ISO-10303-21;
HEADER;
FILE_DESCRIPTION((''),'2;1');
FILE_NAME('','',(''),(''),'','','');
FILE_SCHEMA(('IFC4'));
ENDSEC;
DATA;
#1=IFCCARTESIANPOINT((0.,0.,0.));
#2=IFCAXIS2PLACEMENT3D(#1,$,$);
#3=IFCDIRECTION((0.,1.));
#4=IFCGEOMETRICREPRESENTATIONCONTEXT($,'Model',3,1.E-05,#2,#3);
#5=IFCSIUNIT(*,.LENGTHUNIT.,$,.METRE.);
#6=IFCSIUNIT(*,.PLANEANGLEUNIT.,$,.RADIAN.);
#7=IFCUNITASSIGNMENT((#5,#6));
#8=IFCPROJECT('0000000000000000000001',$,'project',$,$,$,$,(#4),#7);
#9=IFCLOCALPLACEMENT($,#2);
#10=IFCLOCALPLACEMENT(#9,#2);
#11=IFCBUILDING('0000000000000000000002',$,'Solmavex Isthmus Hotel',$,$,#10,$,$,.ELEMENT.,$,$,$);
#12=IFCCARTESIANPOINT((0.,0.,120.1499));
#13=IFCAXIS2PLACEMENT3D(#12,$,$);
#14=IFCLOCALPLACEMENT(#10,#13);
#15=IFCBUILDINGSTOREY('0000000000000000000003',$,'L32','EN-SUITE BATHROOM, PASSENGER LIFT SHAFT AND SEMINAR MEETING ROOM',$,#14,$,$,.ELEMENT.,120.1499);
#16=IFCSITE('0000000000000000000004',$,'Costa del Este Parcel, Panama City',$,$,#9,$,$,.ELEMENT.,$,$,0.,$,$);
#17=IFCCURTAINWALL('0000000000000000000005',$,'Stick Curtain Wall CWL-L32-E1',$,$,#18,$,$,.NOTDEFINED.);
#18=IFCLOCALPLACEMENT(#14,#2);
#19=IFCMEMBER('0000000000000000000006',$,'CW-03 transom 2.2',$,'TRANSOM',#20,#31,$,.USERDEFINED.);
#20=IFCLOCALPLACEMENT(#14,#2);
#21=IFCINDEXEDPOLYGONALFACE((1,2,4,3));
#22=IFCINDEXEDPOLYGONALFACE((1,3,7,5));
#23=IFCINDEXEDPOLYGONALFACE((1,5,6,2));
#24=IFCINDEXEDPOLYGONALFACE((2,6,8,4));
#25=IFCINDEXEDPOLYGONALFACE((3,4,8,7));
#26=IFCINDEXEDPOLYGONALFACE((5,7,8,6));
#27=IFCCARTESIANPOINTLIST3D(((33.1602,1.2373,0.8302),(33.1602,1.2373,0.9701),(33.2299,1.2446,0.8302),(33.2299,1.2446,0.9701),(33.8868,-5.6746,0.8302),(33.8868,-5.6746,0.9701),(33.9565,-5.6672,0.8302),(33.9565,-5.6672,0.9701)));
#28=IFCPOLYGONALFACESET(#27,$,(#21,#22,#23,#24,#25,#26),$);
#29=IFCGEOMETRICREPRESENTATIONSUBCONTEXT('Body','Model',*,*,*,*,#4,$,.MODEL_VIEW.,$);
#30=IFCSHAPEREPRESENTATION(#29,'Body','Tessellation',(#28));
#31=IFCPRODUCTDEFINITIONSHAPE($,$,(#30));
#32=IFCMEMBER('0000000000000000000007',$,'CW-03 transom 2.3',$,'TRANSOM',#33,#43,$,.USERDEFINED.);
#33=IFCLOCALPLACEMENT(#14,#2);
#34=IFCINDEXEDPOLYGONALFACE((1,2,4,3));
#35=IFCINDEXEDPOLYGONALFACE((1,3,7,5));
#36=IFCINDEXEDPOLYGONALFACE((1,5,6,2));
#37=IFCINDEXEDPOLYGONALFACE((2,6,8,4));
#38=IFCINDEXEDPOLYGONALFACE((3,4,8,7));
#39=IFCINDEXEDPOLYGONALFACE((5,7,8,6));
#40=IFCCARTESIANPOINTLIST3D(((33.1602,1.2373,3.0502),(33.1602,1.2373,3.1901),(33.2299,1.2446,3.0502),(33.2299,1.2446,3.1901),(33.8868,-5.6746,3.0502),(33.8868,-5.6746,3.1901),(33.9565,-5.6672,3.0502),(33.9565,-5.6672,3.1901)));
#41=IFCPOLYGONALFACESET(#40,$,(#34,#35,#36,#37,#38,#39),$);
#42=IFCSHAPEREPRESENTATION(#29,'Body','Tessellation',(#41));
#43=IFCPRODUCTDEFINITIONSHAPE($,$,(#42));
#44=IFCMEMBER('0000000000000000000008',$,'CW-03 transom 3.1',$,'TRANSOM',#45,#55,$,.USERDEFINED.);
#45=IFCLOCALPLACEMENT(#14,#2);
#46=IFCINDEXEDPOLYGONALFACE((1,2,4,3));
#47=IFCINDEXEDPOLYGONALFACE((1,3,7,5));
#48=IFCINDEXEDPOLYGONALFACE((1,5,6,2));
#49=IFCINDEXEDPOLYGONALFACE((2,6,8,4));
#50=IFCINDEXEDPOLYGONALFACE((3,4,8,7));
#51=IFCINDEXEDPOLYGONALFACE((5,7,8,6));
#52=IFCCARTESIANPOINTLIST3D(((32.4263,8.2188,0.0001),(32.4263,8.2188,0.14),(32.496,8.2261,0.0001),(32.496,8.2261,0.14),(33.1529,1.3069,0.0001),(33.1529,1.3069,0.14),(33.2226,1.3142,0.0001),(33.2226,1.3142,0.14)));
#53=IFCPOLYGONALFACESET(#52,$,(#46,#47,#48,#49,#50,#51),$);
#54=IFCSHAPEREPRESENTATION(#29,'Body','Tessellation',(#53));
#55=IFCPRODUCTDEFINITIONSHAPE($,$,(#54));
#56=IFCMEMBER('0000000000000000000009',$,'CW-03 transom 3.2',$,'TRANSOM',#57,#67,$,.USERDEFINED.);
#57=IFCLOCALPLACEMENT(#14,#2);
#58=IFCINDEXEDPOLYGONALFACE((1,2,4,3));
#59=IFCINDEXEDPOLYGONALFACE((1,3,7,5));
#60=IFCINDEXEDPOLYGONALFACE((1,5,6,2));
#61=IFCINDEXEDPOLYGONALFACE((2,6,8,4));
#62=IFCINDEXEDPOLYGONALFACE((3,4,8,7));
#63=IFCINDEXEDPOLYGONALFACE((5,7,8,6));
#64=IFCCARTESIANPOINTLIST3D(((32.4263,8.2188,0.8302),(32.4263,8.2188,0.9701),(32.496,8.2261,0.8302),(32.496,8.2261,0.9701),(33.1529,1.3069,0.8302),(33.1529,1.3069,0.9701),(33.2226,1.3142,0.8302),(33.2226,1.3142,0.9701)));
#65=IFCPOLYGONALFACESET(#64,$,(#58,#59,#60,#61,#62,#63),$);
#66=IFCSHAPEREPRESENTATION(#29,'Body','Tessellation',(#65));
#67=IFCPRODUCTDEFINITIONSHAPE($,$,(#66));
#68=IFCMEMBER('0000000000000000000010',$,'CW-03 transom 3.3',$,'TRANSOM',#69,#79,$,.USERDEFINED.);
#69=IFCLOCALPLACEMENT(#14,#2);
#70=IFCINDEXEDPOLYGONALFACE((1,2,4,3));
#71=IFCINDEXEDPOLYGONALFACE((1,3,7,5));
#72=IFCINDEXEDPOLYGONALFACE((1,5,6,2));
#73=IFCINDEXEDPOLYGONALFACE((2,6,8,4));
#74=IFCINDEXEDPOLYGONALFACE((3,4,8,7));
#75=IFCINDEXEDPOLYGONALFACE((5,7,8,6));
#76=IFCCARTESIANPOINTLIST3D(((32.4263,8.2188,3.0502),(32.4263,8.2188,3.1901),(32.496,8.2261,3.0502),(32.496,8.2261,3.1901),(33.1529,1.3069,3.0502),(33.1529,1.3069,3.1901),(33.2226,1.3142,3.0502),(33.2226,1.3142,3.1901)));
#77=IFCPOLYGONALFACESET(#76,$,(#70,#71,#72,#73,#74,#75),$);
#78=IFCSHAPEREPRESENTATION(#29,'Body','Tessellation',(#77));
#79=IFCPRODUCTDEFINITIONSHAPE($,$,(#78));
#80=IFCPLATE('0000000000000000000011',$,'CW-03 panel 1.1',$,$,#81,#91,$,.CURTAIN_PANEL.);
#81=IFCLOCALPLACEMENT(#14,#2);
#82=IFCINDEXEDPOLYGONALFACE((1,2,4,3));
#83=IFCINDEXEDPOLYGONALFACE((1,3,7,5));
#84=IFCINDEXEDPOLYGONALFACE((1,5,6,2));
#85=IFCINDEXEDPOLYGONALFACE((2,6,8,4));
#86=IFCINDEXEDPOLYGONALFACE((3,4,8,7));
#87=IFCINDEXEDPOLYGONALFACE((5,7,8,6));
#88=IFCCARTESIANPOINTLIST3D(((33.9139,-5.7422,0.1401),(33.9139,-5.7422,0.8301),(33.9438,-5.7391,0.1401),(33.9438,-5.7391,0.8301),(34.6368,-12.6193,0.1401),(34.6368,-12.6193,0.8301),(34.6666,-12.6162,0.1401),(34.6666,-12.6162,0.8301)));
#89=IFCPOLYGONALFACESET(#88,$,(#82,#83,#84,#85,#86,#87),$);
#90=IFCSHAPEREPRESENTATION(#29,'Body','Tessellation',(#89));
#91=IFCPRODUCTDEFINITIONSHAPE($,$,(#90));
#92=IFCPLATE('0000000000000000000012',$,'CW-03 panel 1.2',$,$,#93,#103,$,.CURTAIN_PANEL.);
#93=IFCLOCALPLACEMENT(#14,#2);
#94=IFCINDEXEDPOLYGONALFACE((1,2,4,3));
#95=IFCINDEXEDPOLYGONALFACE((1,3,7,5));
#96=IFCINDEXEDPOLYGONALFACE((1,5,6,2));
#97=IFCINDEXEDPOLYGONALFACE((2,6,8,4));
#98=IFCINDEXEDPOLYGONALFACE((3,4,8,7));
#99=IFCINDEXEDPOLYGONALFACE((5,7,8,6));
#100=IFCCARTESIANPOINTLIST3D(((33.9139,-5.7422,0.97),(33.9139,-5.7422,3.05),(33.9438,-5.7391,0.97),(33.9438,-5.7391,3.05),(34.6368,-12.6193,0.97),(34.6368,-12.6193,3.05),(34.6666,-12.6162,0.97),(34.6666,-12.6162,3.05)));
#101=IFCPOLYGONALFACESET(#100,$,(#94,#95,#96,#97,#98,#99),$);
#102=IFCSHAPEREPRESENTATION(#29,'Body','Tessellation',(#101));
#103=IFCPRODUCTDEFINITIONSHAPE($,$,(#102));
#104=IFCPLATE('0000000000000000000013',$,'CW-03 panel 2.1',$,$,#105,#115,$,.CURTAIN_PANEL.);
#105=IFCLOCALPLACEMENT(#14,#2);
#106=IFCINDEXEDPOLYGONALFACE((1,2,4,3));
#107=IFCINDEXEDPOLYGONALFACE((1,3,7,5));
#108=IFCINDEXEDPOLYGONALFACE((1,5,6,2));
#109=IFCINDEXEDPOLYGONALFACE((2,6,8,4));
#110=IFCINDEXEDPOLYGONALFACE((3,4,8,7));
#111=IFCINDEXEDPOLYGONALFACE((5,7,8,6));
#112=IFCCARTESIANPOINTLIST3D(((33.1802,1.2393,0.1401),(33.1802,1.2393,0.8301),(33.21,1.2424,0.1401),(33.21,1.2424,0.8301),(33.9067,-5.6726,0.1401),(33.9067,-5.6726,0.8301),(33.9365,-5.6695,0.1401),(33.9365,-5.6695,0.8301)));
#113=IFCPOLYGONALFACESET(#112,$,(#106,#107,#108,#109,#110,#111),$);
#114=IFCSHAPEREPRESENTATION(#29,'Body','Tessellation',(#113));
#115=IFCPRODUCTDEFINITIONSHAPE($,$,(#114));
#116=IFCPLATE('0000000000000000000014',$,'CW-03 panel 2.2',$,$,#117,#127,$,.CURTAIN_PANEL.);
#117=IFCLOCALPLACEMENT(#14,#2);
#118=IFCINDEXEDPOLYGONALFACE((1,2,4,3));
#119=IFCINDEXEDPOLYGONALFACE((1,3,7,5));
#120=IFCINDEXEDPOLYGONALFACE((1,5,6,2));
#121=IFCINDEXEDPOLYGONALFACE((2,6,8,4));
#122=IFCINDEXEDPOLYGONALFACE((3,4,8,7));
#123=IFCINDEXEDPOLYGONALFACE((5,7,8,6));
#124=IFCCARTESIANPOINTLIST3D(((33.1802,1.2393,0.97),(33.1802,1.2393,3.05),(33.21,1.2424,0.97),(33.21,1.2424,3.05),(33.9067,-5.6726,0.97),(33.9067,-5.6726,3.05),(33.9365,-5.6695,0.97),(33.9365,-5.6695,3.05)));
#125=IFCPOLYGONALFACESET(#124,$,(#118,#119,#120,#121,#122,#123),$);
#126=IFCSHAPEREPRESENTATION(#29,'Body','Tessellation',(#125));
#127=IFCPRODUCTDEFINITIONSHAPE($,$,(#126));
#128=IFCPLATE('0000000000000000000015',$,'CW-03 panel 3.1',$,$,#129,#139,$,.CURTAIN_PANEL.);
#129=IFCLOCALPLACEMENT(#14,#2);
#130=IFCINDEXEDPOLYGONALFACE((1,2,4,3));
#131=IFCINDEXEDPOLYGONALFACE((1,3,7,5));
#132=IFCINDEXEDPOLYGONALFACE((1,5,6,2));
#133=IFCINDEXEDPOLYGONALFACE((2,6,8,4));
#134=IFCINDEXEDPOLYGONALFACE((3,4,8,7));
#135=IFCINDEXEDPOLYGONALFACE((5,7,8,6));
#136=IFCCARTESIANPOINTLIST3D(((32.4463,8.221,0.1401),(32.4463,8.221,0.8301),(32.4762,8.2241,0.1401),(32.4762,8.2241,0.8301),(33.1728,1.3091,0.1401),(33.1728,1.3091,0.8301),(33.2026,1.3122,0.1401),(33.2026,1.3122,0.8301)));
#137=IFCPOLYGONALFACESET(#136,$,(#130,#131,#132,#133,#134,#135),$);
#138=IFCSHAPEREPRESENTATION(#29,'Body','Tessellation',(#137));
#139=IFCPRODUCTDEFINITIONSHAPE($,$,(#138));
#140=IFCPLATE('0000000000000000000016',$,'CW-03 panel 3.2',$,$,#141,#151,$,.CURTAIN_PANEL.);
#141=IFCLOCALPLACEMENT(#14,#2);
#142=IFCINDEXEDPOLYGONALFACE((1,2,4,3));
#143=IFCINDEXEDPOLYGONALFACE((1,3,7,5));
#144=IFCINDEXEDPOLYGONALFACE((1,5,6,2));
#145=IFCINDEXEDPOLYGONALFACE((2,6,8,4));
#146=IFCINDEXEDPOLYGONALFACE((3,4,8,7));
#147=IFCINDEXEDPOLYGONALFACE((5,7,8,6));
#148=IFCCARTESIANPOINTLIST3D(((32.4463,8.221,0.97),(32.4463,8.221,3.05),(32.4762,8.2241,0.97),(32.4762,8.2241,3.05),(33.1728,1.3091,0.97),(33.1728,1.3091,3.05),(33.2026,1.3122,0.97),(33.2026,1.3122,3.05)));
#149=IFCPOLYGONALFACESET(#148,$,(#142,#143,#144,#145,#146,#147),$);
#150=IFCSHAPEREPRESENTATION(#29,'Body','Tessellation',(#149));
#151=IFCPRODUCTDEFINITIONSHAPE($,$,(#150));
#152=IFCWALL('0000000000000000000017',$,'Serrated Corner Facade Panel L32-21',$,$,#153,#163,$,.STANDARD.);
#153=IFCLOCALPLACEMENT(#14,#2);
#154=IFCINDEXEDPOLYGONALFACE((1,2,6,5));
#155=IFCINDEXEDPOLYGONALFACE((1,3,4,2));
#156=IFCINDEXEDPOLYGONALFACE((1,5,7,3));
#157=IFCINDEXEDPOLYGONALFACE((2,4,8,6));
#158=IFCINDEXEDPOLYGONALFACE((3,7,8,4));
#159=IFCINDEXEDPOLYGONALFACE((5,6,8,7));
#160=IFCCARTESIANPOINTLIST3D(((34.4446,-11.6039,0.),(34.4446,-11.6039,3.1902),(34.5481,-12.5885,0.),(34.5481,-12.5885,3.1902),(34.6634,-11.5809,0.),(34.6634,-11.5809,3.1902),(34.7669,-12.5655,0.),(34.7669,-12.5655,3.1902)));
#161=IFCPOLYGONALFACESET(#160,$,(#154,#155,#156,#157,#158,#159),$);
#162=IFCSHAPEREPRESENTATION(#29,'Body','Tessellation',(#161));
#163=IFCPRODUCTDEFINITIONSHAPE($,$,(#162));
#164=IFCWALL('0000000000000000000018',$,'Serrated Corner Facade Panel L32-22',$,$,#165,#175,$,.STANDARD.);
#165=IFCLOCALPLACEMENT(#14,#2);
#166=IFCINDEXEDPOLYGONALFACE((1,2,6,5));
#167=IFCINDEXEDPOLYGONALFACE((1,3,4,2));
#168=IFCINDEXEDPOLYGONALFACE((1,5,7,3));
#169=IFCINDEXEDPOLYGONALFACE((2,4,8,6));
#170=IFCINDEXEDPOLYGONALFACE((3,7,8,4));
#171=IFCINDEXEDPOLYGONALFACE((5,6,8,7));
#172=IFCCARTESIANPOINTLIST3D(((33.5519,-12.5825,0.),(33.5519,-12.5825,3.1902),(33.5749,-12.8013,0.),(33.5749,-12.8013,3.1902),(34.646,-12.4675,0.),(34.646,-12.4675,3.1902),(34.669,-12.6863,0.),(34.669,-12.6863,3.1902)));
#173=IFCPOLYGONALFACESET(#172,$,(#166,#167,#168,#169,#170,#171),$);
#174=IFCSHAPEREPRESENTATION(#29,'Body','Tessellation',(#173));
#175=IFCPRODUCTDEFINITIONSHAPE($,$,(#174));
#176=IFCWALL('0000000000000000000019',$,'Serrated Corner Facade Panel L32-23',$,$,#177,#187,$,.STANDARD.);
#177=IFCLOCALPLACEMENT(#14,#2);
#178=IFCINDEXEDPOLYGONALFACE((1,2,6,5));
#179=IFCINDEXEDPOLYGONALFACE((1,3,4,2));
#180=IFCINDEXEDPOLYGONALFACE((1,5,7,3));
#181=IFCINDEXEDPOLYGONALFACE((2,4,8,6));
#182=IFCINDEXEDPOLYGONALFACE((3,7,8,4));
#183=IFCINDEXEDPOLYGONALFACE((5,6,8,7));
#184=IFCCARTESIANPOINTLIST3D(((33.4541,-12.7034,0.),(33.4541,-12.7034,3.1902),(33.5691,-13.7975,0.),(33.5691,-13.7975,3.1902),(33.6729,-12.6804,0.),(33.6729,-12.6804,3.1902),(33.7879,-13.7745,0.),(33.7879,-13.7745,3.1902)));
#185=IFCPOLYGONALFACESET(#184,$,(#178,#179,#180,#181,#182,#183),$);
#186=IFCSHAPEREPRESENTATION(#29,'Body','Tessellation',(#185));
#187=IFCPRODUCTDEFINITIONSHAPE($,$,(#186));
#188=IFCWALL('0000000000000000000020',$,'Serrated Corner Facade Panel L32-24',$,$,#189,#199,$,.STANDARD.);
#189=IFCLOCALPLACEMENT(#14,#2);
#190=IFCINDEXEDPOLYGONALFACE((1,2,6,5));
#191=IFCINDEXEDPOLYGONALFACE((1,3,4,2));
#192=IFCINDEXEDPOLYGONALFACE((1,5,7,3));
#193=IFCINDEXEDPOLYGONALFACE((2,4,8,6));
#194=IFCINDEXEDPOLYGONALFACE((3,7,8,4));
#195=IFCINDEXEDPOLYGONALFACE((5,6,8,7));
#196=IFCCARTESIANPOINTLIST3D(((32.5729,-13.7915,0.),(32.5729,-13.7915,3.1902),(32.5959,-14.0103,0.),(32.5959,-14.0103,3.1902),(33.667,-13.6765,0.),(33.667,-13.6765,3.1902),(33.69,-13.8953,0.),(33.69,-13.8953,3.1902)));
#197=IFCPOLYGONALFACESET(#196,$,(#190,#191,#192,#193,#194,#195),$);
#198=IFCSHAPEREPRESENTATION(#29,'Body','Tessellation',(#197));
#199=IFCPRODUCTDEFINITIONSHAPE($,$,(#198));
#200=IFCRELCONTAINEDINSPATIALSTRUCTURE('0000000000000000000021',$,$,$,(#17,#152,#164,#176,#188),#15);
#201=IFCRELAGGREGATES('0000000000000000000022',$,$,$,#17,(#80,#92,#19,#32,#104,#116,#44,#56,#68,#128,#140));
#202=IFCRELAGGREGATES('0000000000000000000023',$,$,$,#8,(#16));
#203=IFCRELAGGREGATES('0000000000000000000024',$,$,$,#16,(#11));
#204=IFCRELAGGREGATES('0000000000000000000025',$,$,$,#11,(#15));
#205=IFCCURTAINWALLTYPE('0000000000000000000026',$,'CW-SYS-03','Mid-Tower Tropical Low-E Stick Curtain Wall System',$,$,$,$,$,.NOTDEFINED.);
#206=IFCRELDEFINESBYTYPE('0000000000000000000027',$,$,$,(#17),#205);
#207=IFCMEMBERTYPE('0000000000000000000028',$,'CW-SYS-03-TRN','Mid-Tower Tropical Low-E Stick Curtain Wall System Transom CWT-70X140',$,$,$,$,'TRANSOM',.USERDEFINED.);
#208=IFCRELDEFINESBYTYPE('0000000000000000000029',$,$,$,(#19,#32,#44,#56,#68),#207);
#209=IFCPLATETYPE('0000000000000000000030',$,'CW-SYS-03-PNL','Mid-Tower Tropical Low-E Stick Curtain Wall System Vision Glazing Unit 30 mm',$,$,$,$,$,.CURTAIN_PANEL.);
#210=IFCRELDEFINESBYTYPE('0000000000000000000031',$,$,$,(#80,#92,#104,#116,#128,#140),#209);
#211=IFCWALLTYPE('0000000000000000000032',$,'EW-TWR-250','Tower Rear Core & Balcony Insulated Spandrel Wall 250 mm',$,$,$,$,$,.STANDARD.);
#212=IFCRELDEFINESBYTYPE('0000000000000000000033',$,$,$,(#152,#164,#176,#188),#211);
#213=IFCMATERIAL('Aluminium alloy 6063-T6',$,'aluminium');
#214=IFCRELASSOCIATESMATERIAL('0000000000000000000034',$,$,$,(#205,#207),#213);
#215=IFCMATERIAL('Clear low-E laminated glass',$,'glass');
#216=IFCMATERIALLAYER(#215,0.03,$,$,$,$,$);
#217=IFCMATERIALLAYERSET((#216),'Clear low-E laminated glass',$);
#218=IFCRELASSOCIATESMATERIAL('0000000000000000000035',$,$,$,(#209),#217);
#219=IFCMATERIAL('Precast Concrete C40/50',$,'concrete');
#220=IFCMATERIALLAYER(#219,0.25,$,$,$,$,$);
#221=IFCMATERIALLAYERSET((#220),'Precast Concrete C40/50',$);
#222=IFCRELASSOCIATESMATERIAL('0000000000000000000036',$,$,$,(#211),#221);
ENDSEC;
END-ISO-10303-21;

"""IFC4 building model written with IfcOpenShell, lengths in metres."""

from ifc_helpers import new_model, si_unit, direction, frame, frame_2d, origin, origin_2d, place, context, subcontext, project, spatial, rectangle, extrude, material, layer, layer_set, material_profile, profile_set, type_object, element, aggregate, save


model = new_model("IFC4")

# Units and contexts
model_context = context("Model", 3, precision=1e-05, world=origin(), true_north=direction((0.0, 1.0)))
body_context = subcontext(model_context, "Body", "Model", "MODEL_VIEW")
ifc_project = project(units=[si_unit("LENGTHUNIT", "METRE"), si_unit("PLANEANGLEUNIT", "RADIAN")], contexts=[model_context])

# Site, building, storey
site_placement = place(None, origin())
site = spatial("IfcSite", under=ifc_project, at=site_placement, Name="Costa del Este Parcel, Panama City", CompositionType="ELEMENT", RefElevation=0.0)
building_placement = place(site_placement, origin())
building = spatial("IfcBuilding", under=site, at=building_placement, Name="Solmavex Isthmus Hotel", CompositionType="ELEMENT")
storey_placement = place(building_placement, frame((0.0, 0.0, 120.1499)))
storey = spatial("IfcBuildingStorey", under=building, at=storey_placement, Name="L32", Description="EN-SUITE BATHROOM, PASSENGER LIFT SHAFT AND SEMINAR MEETING ROOM", CompositionType="ELEMENT", Elevation=120.1499)

# Curtain wall, members, plates
ifc_material_1 = material(Name="Aluminium alloy 6063-T6", Category="aluminium")
curtain_wall_type = type_object("IfcCurtainWallType", Name="CW-SYS-03", Description="Mid-Tower Tropical Low-E Stick Curtain Wall System", PredefinedType="NOTDEFINED", material=ifc_material_1)
curtain_wall_placement = place(storey_placement, origin())
curtain_wall = element("IfcCurtainWall", 1, at=curtain_wall_placement, inside=storey, type_object=curtain_wall_type, Name="Stick Curtain Wall CWL-L32-E1", PredefinedType="NOTDEFINED")
ifc_material_profile_1 = material_profile(ifc_material_1, rectangle(XDim=0.0701, YDim=0.1399, at=origin_2d()), Name="CWT-70X140")
ifc_profile_set_1 = profile_set([ifc_material_profile_1], Name="Aluminium alloy 6063-T6")
member_type_1 = type_object("IfcMemberType", Name="CW-SYS-03-TRN", Description="Mid-Tower Tropical Low-E Stick Curtain Wall System Transom CWT-70X140", ElementType="TRANSOM", PredefinedType="USERDEFINED", material=ifc_profile_set_1)
member_1_placement = place(storey_placement, frame((33.9216, -5.6709, 0.9001), z_axis=(-0.104542, 0.99452, 0.0), x_axis=(-0.99452, -0.104542, 0.0)))
member_1 = element("IfcMember", 2, at=member_1_placement, type_object=member_type_1, Name="CW-03 transom 2.2", ObjectType="TRANSOM", PredefinedType="USERDEFINED", context=body_context, shape_type="SweptSolid", body=[
    extrude(rectangle(XDim=0.0701, YDim=0.1399, at=origin_2d()), origin(), (0.0, 0.0, 1.0), 6.95),
])
member_2_placement = place(storey_placement, frame((33.9216, -5.6709, 3.1201), z_axis=(-0.104542, 0.99452, 0.0), x_axis=(-0.99452, -0.104542, 0.0)))
member_2 = element("IfcMember", 3, at=member_2_placement, type_object=member_type_1, Name="CW-03 transom 2.3", ObjectType="TRANSOM", PredefinedType="USERDEFINED", context=body_context, shape_type="SweptSolid", body=[
    extrude(rectangle(XDim=0.0701, YDim=0.1399, at=origin_2d()), origin(), (0.0, 0.0, 1.0), 6.95),
])
member_3_placement = place(storey_placement, frame((33.1877, 1.3105, 0.0701), z_axis=(-0.104542, 0.99452, 0.0), x_axis=(-0.99452, -0.104542, 0.0)))
member_3 = element("IfcMember", 4, at=member_3_placement, type_object=member_type_1, Name="CW-03 transom 3.1", ObjectType="TRANSOM", PredefinedType="USERDEFINED", context=body_context, shape_type="SweptSolid", body=[
    extrude(rectangle(XDim=0.0701, YDim=0.1399, at=origin_2d()), origin(), (0.0, 0.0, 1.0), 6.95),
])
member_4_placement = place(storey_placement, frame((33.1877, 1.3105, 0.9001), z_axis=(-0.104542, 0.99452, 0.0), x_axis=(-0.99452, -0.104542, 0.0)))
member_4 = element("IfcMember", 5, at=member_4_placement, type_object=member_type_1, Name="CW-03 transom 3.2", ObjectType="TRANSOM", PredefinedType="USERDEFINED", context=body_context, shape_type="SweptSolid", body=[
    extrude(rectangle(XDim=0.0701, YDim=0.1399, at=origin_2d()), origin(), (0.0, 0.0, 1.0), 6.95),
])
member_5_placement = place(storey_placement, frame((33.1877, 1.3105, 3.1201), z_axis=(-0.104542, 0.99452, 0.0), x_axis=(-0.99452, -0.104542, 0.0)))
member_5 = element("IfcMember", 6, at=member_5_placement, type_object=member_type_1, Name="CW-03 transom 3.3", ObjectType="TRANSOM", PredefinedType="USERDEFINED", context=body_context, shape_type="SweptSolid", body=[
    extrude(rectangle(XDim=0.0701, YDim=0.1399, at=origin_2d()), origin(), (0.0, 0.0, 1.0), 6.95),
])
ifc_material_2 = material(Name="Clear low-E laminated glass", Category="glass")
ifc_layer_1 = layer(ifc_material_2, 0.03)
ifc_layer_set_1 = layer_set([ifc_layer_1], Name="Clear low-E laminated glass")
plate_type = type_object("IfcPlateType", Name="CW-SYS-03-PNL", Description="Mid-Tower Tropical Low-E Stick Curtain Wall System Vision Glazing Unit 30 mm", PredefinedType="CURTAIN_PANEL", material=ifc_layer_set_1)
plate_1_placement = place(storey_placement, frame((34.2903, -9.1792, 0.1401), z_axis=(0.0, 0.0, 1.0), x_axis=(-0.104528, 0.994522, 0.0)))
plate_1 = element("IfcPlate", 7, at=plate_1_placement, type_object=plate_type, Name="CW-03 panel 1.1", PredefinedType="CURTAIN_PANEL", context=body_context, shape_type="SweptSolid", body=[
    extrude(rectangle(XDim=6.915, YDim=0.03, at=origin_2d()), origin(), (0.0, 0.0, 1.0), 0.6899),
])
plate_2_placement = place(storey_placement, frame((34.2903, -9.1792, 0.97), z_axis=(0.0, 0.0, 1.0), x_axis=(-0.104528, 0.994522, 0.0)))
plate_2 = element("IfcPlate", 8, at=plate_2_placement, type_object=plate_type, Name="CW-03 panel 1.2", PredefinedType="CURTAIN_PANEL", context=body_context, shape_type="SweptSolid", body=[
    extrude(rectangle(XDim=6.915, YDim=0.03, at=origin_2d()), origin(), (0.0, 0.0, 1.0), 2.0801),
])
plate_3_placement = place(storey_placement, frame((33.5583, -2.2151, 0.1401), z_axis=(0.0, 0.0, 1.0), x_axis=(-0.104528, 0.994522, 0.0)))
plate_3 = element("IfcPlate", 9, at=plate_3_placement, type_object=plate_type, Name="CW-03 panel 2.1", PredefinedType="CURTAIN_PANEL", context=body_context, shape_type="SweptSolid", body=[
    extrude(rectangle(XDim=6.95, YDim=0.03, at=origin_2d()), origin(), (0.0, 0.0, 1.0), 0.6899),
])
plate_4_placement = place(storey_placement, frame((33.5583, -2.2151, 0.97), z_axis=(0.0, 0.0, 1.0), x_axis=(-0.104528, 0.994522, 0.0)))
plate_4 = element("IfcPlate", 10, at=plate_4_placement, type_object=plate_type, Name="CW-03 panel 2.2", PredefinedType="CURTAIN_PANEL", context=body_context, shape_type="SweptSolid", body=[
    extrude(rectangle(XDim=6.95, YDim=0.03, at=origin_2d()), origin(), (0.0, 0.0, 1.0), 2.0801),
])
plate_5_placement = place(storey_placement, frame((32.8245, 4.7666, 0.1401), z_axis=(0.0, 0.0, 1.0), x_axis=(-0.104528, 0.994522, 0.0)))
plate_5 = element("IfcPlate", 11, at=plate_5_placement, type_object=plate_type, Name="CW-03 panel 3.1", PredefinedType="CURTAIN_PANEL", context=body_context, shape_type="SweptSolid", body=[
    extrude(rectangle(XDim=6.95, YDim=0.03, at=origin_2d()), origin(), (0.0, 0.0, 1.0), 0.6899),
])
plate_6_placement = place(storey_placement, frame((32.8245, 4.7666, 0.97), z_axis=(0.0, 0.0, 1.0), x_axis=(-0.104528, 0.994522, 0.0)))
plate_6 = element("IfcPlate", 12, at=plate_6_placement, type_object=plate_type, Name="CW-03 panel 3.2", PredefinedType="CURTAIN_PANEL", context=body_context, shape_type="SweptSolid", body=[
    extrude(rectangle(XDim=6.95, YDim=0.03, at=origin_2d()), origin(), (0.0, 0.0, 1.0), 2.0801),
])
aggregate(curtain_wall, [plate_1, plate_2, member_1, member_2, plate_3, plate_4, member_3, member_4, member_5, plate_5, plate_6])

# Walls
ifc_material_3 = material(Name="Precast Concrete C40/50", Category="concrete")
ifc_layer_2 = layer(ifc_material_3, 0.25)
ifc_layer_set_2 = layer_set([ifc_layer_2], Name="Precast Concrete C40/50")
wall_type = type_object("IfcWallType", Name="EW-TWR-250", Description="Tower Rear Core & Balcony Insulated Spandrel Wall 250 mm", PredefinedType="STANDARD", material=ifc_layer_set_2)
wall_placement = place(storey_placement, frame((34.554, -11.5923, 0.0), z_axis=(0.0, 0.0, 1.0), x_axis=(0.104556, -0.994519, 0.0)))
element("IfcWall", 13, at=wall_placement, inside=storey, type_object=wall_type, Name="Serrated Corner Facade Panel L32-21", PredefinedType="STANDARD", context=body_context, shape_type="SweptSolid", body=[
    extrude(rectangle(XDim=0.99, YDim=0.22, at=frame_2d((0.4951, 0.0))), origin(), (0.0, 0.0, 1.0), 3.1902),
])
for number, where, z_axis, x_axis, name in (
    (14, (34.6575, -12.5769, 0.0), (0.0, 0.0, 1.0), (-0.994521, -0.104535, 0.0), "Serrated Corner Facade Panel L32-22"),
    (15, (33.5635, -12.6919, 0.0), (0.0, 0.0, 1.0), (0.104535, -0.994521, 0.0), "Serrated Corner Facade Panel L32-23"),
    (16, (33.6785, -13.7859, 0.0), (0.0, 0.0, 1.0), (-0.994521, -0.104535, 0.0), "Serrated Corner Facade Panel L32-24"),
):
    element("IfcWall", number, at=place(storey_placement, frame(where, z_axis=z_axis, x_axis=x_axis)), inside=storey, type_object=wall_type, Name=name, PredefinedType="STANDARD", context=body_context, shape_type="SweptSolid", body=[
        extrude(rectangle(XDim=1.1001, YDim=0.22, at=frame_2d((0.55, 0.0))), origin(), (0.0, 0.0, 1.0), 3.1902),
    ])

save(model, "model.ifc")
